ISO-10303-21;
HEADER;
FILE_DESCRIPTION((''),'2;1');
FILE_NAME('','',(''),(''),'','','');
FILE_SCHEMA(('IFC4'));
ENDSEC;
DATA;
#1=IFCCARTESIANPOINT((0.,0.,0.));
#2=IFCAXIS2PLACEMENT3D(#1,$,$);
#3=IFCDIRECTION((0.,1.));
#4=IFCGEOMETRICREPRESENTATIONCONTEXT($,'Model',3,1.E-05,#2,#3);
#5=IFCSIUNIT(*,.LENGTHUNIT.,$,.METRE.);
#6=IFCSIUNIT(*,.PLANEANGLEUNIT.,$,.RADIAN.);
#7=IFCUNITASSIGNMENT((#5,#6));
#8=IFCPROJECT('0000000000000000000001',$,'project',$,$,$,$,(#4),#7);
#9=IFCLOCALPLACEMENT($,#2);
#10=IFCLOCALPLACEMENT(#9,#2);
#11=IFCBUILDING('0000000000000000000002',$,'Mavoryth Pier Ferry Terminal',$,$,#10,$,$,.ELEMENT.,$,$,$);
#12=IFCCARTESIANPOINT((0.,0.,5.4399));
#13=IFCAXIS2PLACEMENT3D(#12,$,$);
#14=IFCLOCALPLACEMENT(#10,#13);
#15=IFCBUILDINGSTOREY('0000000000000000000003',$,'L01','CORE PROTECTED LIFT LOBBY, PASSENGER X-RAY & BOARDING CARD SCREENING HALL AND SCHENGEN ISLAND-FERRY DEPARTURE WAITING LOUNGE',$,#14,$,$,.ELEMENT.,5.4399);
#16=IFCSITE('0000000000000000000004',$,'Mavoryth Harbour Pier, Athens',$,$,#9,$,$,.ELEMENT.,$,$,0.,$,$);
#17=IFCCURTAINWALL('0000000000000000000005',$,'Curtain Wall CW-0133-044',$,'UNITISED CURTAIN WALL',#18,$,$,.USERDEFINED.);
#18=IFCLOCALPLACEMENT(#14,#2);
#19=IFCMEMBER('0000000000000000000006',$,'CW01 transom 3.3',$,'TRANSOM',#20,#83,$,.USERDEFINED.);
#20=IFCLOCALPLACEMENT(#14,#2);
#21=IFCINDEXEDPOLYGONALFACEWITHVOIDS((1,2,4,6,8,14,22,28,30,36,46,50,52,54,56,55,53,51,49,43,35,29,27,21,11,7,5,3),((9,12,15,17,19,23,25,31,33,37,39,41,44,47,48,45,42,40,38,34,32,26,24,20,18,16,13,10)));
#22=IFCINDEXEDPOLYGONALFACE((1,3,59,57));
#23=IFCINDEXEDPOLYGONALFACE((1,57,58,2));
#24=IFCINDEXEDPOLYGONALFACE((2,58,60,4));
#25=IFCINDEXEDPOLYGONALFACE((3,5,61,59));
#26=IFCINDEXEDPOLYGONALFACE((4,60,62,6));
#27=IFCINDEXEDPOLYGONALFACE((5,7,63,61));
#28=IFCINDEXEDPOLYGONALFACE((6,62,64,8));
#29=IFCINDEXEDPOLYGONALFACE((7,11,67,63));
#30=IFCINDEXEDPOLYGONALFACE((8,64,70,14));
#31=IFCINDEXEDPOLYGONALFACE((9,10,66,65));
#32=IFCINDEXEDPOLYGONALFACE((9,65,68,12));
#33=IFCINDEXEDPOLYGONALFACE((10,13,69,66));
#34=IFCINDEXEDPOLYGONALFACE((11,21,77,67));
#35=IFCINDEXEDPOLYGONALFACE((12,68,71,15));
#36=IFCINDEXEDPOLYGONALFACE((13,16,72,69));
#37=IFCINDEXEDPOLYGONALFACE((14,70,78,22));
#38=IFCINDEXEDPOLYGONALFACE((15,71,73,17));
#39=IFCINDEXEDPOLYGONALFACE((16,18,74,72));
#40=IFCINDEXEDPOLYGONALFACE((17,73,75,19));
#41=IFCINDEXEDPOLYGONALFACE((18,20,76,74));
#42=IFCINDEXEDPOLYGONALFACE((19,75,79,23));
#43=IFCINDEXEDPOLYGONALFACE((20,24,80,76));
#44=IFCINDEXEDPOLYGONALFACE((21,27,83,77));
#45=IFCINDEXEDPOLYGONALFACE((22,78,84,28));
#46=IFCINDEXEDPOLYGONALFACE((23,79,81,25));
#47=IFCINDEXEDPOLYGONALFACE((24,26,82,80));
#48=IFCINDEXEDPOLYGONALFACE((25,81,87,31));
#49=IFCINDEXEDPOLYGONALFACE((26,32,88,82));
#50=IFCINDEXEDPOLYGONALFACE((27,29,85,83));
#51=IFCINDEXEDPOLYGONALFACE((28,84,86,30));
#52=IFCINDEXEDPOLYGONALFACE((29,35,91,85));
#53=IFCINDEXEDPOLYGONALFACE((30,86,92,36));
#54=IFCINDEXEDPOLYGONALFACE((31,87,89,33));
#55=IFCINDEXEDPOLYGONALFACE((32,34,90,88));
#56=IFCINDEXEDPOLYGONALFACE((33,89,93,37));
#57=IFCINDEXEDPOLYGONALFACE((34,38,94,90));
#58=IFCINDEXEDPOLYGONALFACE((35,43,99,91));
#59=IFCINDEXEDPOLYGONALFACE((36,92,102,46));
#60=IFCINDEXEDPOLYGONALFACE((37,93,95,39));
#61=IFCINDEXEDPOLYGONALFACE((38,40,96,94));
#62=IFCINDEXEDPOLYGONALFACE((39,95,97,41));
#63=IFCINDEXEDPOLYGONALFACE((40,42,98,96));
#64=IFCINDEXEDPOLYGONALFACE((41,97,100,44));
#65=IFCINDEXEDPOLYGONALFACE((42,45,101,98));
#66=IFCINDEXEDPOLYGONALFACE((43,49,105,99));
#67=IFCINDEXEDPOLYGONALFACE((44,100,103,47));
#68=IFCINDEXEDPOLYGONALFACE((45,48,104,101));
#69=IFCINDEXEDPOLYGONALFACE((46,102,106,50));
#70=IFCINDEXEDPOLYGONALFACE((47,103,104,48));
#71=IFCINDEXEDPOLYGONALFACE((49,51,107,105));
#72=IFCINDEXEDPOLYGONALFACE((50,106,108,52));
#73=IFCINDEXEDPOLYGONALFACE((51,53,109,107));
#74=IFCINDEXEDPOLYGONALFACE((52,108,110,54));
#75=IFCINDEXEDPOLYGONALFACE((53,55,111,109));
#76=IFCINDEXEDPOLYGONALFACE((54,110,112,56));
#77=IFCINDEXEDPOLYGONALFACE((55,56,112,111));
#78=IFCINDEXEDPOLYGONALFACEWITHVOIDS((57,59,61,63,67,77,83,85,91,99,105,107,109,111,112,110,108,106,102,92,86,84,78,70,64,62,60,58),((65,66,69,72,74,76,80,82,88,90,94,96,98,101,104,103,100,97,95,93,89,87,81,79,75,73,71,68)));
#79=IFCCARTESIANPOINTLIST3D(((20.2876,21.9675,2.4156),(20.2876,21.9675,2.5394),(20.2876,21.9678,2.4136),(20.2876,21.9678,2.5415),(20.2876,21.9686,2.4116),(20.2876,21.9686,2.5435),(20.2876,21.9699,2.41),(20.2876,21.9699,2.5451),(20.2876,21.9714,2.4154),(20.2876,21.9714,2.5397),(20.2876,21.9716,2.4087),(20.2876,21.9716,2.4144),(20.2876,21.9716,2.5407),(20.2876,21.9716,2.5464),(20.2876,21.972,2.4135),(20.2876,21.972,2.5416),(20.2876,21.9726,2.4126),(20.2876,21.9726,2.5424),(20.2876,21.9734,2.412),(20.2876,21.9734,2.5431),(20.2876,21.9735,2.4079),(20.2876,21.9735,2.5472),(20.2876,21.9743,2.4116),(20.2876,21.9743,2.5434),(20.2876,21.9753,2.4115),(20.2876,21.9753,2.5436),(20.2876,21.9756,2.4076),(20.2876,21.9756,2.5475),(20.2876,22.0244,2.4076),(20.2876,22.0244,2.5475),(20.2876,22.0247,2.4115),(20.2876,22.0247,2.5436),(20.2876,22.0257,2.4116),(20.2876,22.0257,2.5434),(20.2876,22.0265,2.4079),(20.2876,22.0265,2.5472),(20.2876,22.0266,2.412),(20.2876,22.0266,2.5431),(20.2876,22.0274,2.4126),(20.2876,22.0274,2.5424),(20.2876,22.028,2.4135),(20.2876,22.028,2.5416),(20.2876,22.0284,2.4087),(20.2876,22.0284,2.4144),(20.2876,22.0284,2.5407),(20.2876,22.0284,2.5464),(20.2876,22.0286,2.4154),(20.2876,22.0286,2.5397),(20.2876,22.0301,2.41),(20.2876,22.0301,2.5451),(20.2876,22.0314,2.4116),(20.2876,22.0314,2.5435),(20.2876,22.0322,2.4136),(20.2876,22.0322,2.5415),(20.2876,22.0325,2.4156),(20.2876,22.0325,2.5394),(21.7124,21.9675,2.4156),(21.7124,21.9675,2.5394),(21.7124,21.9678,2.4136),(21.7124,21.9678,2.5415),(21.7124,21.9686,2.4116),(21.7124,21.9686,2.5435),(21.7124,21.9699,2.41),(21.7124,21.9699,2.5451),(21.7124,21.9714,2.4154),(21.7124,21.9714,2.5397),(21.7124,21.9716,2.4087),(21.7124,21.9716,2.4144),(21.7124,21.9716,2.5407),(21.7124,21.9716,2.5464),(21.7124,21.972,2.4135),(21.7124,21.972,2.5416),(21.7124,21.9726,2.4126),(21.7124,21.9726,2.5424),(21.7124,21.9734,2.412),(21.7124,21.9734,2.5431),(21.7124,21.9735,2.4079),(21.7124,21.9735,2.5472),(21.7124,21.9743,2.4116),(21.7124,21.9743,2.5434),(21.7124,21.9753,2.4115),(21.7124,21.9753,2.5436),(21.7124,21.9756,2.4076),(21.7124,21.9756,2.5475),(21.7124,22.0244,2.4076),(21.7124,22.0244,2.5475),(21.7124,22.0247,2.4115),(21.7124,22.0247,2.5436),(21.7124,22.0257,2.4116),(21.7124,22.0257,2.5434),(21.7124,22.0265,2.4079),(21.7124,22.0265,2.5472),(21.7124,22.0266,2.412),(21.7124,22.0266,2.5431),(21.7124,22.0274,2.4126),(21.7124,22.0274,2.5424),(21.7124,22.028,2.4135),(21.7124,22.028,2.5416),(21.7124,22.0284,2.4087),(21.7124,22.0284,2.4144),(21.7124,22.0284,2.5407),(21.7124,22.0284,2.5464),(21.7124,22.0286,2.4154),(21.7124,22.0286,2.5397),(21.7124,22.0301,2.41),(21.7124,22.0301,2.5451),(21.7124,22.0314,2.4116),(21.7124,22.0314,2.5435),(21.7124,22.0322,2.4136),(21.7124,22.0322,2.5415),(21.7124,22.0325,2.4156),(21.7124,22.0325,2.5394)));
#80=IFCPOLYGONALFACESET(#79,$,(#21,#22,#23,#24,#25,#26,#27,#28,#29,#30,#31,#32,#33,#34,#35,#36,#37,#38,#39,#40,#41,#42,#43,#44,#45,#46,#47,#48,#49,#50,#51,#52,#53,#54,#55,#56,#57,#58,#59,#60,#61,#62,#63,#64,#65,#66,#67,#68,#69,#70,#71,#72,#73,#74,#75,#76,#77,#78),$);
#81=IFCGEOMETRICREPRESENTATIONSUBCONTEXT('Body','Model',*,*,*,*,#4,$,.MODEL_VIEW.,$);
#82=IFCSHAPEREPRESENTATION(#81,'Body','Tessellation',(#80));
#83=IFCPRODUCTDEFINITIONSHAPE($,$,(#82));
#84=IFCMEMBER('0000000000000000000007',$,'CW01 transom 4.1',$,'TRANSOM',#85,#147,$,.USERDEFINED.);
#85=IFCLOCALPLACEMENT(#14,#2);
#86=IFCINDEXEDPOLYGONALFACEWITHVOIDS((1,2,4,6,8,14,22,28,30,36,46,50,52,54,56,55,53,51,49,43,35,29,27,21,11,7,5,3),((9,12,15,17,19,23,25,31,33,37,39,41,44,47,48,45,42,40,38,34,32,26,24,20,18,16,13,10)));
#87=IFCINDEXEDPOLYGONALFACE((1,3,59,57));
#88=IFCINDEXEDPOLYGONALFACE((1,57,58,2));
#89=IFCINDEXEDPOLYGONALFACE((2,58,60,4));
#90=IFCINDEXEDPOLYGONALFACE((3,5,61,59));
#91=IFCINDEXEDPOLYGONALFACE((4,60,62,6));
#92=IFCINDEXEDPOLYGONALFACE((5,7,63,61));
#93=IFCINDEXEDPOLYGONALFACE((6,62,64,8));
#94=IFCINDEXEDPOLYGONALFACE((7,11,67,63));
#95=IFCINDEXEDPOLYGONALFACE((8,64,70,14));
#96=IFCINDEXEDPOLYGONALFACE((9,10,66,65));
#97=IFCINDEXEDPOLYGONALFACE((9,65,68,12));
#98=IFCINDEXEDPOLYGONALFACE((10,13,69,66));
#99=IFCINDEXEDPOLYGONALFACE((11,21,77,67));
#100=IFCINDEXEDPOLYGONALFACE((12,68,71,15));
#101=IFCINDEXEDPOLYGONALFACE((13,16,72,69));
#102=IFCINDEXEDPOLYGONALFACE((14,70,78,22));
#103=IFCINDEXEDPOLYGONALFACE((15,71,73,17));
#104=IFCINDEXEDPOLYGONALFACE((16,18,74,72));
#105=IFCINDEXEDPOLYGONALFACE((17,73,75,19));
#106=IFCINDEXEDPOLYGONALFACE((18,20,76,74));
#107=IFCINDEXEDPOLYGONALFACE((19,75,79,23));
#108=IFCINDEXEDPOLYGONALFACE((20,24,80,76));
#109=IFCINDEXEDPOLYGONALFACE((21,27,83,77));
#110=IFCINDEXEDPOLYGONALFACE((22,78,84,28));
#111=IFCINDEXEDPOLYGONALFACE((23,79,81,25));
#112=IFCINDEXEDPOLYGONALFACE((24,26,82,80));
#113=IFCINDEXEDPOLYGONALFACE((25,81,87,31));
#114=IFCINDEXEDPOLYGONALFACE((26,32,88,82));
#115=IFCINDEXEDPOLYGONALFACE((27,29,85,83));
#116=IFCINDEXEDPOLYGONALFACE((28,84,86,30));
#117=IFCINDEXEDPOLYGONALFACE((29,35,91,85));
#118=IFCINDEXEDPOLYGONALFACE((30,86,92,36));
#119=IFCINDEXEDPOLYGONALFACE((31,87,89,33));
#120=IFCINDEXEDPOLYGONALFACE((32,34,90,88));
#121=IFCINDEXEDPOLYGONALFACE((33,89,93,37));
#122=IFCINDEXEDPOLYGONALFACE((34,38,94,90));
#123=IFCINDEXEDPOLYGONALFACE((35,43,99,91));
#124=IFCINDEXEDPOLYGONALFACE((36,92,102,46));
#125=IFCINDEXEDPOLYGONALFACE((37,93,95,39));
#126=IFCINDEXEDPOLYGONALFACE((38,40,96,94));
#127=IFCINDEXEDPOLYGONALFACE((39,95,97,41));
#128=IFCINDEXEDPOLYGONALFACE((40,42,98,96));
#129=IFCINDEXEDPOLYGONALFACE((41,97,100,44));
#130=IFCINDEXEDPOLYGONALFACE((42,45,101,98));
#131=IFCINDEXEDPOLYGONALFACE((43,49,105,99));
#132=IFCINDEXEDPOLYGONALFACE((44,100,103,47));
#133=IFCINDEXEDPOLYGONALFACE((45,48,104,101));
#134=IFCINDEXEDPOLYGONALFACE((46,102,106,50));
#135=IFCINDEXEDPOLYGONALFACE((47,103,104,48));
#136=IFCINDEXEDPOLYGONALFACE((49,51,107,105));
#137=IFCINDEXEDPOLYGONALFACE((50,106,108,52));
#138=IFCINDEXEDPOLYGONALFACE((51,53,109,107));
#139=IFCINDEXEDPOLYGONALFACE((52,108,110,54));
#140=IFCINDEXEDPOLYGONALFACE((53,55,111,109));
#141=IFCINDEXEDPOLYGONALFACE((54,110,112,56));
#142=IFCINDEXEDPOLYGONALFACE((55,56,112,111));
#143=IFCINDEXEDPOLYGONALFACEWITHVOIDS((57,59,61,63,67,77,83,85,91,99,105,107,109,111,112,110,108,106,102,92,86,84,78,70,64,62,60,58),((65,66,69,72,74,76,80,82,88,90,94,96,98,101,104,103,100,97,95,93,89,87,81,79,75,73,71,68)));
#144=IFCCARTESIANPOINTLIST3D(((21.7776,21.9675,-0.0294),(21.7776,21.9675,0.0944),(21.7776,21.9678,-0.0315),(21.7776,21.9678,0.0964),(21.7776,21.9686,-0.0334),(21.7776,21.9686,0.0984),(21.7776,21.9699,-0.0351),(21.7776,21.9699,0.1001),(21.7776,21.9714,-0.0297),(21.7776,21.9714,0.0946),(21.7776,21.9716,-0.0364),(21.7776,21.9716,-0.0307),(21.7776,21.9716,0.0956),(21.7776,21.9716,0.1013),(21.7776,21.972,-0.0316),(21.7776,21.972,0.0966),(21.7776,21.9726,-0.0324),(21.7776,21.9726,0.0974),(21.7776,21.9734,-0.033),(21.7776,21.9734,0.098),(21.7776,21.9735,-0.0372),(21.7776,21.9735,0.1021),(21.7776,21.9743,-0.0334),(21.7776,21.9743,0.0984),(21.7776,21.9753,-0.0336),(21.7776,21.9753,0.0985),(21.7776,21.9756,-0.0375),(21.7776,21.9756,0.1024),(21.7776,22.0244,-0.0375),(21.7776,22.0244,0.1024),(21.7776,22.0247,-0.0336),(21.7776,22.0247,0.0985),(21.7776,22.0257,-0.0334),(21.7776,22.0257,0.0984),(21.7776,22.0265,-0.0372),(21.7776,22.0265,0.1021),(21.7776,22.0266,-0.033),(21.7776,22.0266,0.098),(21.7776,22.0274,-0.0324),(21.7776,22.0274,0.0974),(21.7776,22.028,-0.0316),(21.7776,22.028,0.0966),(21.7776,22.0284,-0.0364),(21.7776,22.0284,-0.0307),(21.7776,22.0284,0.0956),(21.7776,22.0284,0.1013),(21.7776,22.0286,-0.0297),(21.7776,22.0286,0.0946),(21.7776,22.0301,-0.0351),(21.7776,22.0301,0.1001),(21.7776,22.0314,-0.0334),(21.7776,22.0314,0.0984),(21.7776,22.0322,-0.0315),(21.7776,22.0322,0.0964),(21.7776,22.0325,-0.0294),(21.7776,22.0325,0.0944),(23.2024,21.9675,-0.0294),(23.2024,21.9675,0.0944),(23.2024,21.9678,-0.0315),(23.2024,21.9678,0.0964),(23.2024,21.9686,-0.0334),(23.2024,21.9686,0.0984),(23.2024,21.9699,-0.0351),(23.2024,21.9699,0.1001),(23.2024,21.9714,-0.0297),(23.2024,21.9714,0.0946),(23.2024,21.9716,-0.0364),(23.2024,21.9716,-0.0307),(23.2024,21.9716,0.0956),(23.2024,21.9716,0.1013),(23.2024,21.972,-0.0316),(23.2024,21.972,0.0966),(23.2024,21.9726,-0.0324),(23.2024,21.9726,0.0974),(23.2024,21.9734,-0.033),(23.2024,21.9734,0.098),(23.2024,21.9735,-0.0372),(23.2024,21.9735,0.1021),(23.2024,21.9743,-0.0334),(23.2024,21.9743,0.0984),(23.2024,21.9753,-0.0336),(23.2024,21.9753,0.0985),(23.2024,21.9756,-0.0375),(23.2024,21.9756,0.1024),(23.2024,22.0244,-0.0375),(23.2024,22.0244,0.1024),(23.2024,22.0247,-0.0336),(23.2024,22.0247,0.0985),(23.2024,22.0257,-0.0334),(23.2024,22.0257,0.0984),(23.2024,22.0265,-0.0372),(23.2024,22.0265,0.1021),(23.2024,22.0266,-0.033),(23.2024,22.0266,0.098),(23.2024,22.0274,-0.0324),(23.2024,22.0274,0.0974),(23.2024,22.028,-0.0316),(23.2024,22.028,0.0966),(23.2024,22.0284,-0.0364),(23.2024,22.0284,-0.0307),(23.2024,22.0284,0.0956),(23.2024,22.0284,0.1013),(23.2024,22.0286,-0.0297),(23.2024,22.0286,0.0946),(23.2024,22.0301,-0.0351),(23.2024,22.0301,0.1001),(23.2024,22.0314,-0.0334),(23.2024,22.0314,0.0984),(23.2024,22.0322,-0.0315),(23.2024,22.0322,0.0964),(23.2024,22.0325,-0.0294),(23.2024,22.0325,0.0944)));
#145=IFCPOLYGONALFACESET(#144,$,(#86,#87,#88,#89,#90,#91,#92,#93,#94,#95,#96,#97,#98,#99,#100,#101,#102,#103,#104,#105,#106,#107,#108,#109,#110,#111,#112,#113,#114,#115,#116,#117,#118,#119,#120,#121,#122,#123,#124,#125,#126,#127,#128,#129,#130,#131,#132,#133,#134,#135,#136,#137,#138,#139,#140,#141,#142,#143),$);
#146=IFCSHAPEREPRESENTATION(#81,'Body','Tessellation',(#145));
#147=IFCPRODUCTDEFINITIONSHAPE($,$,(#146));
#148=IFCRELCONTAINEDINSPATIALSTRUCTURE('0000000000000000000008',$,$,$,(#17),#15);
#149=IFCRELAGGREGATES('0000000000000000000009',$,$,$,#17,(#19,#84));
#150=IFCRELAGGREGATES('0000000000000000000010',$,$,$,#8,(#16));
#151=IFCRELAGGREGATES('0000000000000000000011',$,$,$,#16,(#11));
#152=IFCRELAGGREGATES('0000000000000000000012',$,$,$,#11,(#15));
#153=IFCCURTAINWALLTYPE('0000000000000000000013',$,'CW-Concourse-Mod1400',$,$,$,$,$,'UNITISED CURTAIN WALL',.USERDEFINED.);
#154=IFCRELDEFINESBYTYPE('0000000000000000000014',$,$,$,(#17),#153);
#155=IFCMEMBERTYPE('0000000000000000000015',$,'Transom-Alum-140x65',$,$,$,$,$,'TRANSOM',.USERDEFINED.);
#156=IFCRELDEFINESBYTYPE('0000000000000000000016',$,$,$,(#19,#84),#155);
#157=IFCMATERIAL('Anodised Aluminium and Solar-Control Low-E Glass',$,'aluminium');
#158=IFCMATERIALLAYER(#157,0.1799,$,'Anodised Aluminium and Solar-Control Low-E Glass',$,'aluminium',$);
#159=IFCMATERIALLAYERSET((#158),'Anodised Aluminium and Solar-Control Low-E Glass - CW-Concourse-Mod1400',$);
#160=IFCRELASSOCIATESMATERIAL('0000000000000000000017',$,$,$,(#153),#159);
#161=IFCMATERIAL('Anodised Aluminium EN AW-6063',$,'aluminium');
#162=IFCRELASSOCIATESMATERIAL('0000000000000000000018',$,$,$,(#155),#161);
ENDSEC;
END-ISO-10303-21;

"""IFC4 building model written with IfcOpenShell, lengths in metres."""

from ifc_helpers import new_model, si_unit, direction, frame, origin, origin_2d, place, context, subcontext, project, spatial, hollow_rectangle, extrude, material, layer, layer_set, material_profile, profile_set, type_object, element, aggregate, save


model = new_model("IFC4")

# Units and contexts
model_context = context("Model", 3, precision=1e-05, world=origin(), true_north=direction((0.0, 1.0)))
body_context = subcontext(model_context, "Body", "Model", "MODEL_VIEW")
ifc_project = project(units=[si_unit("LENGTHUNIT", "METRE"), si_unit("PLANEANGLEUNIT", "RADIAN")], contexts=[model_context])

# Site, building, storey
site_placement = place(None, origin())
site = spatial("IfcSite", under=ifc_project, at=site_placement, Name="Mavoryth Harbour Pier, Athens", CompositionType="ELEMENT", RefElevation=0.0)
building_placement = place(site_placement, origin())
building = spatial("IfcBuilding", under=site, at=building_placement, Name="Mavoryth Pier Ferry Terminal", CompositionType="ELEMENT")
storey_placement = place(building_placement, frame((0.0, 0.0, 5.4399)))
storey = spatial("IfcBuildingStorey", under=building, at=storey_placement, Name="L01", Description="CORE PROTECTED LIFT LOBBY, PASSENGER X-RAY & BOARDING CARD SCREENING HALL AND SCHENGEN ISLAND-FERRY DEPARTURE WAITING LOUNGE", CompositionType="ELEMENT", Elevation=5.4399)

# Curtain wall
ifc_material_1 = material(Name="Anodised Aluminium and Solar-Control Low-E Glass", Category="aluminium")
ifc_layer_1 = layer(ifc_material_1, 0.1799, Name="Anodised Aluminium and Solar-Control Low-E Glass", Category="aluminium")
ifc_layer_set_1 = layer_set([ifc_layer_1], Name="Anodised Aluminium and Solar-Control Low-E Glass - CW-Concourse-Mod1400")
curtain_wall_type = type_object("IfcCurtainWallType", Name="CW-Concourse-Mod1400", ElementType="UNITISED CURTAIN WALL", PredefinedType="USERDEFINED", material=ifc_layer_set_1)
ifc_material_2 = material(Name="Anodised Aluminium EN AW-6063", Category="aluminium")
curtain_wall_1_placement = place(storey_placement, origin())
curtain_wall_1 = element("IfcCurtainWall", 1, at=curtain_wall_1_placement, inside=storey, type_object=curtain_wall_type, Name="Curtain Wall CW-0133-044", ObjectType="UNITISED CURTAIN WALL", PredefinedType="USERDEFINED")

# Members
ifc_material_profile_1 = material_profile(ifc_material_2, hollow_rectangle(XDim=0.0649, YDim=0.1399, WallThickness=0.0039, InnerFilletRadius=0.0039, OuterFilletRadius=0.0081, at=origin_2d()), Name="AL-TRAN 140x65x4", Category="aluminium")
ifc_profile_set_1 = profile_set([ifc_material_profile_1], Name="Anodised Aluminium EN AW-6063 - AL-TRAN 140x65x4")
member_type_1 = type_object("IfcMemberType", Name="Transom-Alum-140x65", ElementType="TRANSOM", PredefinedType="USERDEFINED", material=ifc_profile_set_1)
member_1_placement = place(storey_placement, frame((20.2876, 22.0, 2.4775), z_axis=(1.0, 0.0, 0.0), x_axis=(0.0, 1.0, 0.0)))
member_1 = element("IfcMember", 2, at=member_1_placement, type_object=member_type_1, Name="CW01 transom 3.3", ObjectType="TRANSOM", PredefinedType="USERDEFINED", context=body_context, shape_type="SweptSolid", body=[
    extrude(hollow_rectangle(XDim=0.0649, YDim=0.1399, WallThickness=0.0039, InnerFilletRadius=0.0039, OuterFilletRadius=0.0081, at=origin_2d()), origin(), (0.0, 0.0, 1.0), 1.4248),
])
member_2_placement = place(storey_placement, frame((21.7776, 22.0, 0.0325), z_axis=(1.0, 0.0, 0.0), x_axis=(0.0, 1.0, 0.0)))
member_2 = element("IfcMember", 3, at=member_2_placement, type_object=member_type_1, Name="CW01 transom 4.1", ObjectType="TRANSOM", PredefinedType="USERDEFINED", context=body_context, shape_type="SweptSolid", body=[
    extrude(hollow_rectangle(XDim=0.0649, YDim=0.1399, WallThickness=0.0039, InnerFilletRadius=0.0039, OuterFilletRadius=0.0081, at=origin_2d()), origin(), (0.0, 0.0, 1.0), 1.4248),
])

aggregate(curtain_wall_1, [member_1, member_2])

save(model, "model.ifc")
